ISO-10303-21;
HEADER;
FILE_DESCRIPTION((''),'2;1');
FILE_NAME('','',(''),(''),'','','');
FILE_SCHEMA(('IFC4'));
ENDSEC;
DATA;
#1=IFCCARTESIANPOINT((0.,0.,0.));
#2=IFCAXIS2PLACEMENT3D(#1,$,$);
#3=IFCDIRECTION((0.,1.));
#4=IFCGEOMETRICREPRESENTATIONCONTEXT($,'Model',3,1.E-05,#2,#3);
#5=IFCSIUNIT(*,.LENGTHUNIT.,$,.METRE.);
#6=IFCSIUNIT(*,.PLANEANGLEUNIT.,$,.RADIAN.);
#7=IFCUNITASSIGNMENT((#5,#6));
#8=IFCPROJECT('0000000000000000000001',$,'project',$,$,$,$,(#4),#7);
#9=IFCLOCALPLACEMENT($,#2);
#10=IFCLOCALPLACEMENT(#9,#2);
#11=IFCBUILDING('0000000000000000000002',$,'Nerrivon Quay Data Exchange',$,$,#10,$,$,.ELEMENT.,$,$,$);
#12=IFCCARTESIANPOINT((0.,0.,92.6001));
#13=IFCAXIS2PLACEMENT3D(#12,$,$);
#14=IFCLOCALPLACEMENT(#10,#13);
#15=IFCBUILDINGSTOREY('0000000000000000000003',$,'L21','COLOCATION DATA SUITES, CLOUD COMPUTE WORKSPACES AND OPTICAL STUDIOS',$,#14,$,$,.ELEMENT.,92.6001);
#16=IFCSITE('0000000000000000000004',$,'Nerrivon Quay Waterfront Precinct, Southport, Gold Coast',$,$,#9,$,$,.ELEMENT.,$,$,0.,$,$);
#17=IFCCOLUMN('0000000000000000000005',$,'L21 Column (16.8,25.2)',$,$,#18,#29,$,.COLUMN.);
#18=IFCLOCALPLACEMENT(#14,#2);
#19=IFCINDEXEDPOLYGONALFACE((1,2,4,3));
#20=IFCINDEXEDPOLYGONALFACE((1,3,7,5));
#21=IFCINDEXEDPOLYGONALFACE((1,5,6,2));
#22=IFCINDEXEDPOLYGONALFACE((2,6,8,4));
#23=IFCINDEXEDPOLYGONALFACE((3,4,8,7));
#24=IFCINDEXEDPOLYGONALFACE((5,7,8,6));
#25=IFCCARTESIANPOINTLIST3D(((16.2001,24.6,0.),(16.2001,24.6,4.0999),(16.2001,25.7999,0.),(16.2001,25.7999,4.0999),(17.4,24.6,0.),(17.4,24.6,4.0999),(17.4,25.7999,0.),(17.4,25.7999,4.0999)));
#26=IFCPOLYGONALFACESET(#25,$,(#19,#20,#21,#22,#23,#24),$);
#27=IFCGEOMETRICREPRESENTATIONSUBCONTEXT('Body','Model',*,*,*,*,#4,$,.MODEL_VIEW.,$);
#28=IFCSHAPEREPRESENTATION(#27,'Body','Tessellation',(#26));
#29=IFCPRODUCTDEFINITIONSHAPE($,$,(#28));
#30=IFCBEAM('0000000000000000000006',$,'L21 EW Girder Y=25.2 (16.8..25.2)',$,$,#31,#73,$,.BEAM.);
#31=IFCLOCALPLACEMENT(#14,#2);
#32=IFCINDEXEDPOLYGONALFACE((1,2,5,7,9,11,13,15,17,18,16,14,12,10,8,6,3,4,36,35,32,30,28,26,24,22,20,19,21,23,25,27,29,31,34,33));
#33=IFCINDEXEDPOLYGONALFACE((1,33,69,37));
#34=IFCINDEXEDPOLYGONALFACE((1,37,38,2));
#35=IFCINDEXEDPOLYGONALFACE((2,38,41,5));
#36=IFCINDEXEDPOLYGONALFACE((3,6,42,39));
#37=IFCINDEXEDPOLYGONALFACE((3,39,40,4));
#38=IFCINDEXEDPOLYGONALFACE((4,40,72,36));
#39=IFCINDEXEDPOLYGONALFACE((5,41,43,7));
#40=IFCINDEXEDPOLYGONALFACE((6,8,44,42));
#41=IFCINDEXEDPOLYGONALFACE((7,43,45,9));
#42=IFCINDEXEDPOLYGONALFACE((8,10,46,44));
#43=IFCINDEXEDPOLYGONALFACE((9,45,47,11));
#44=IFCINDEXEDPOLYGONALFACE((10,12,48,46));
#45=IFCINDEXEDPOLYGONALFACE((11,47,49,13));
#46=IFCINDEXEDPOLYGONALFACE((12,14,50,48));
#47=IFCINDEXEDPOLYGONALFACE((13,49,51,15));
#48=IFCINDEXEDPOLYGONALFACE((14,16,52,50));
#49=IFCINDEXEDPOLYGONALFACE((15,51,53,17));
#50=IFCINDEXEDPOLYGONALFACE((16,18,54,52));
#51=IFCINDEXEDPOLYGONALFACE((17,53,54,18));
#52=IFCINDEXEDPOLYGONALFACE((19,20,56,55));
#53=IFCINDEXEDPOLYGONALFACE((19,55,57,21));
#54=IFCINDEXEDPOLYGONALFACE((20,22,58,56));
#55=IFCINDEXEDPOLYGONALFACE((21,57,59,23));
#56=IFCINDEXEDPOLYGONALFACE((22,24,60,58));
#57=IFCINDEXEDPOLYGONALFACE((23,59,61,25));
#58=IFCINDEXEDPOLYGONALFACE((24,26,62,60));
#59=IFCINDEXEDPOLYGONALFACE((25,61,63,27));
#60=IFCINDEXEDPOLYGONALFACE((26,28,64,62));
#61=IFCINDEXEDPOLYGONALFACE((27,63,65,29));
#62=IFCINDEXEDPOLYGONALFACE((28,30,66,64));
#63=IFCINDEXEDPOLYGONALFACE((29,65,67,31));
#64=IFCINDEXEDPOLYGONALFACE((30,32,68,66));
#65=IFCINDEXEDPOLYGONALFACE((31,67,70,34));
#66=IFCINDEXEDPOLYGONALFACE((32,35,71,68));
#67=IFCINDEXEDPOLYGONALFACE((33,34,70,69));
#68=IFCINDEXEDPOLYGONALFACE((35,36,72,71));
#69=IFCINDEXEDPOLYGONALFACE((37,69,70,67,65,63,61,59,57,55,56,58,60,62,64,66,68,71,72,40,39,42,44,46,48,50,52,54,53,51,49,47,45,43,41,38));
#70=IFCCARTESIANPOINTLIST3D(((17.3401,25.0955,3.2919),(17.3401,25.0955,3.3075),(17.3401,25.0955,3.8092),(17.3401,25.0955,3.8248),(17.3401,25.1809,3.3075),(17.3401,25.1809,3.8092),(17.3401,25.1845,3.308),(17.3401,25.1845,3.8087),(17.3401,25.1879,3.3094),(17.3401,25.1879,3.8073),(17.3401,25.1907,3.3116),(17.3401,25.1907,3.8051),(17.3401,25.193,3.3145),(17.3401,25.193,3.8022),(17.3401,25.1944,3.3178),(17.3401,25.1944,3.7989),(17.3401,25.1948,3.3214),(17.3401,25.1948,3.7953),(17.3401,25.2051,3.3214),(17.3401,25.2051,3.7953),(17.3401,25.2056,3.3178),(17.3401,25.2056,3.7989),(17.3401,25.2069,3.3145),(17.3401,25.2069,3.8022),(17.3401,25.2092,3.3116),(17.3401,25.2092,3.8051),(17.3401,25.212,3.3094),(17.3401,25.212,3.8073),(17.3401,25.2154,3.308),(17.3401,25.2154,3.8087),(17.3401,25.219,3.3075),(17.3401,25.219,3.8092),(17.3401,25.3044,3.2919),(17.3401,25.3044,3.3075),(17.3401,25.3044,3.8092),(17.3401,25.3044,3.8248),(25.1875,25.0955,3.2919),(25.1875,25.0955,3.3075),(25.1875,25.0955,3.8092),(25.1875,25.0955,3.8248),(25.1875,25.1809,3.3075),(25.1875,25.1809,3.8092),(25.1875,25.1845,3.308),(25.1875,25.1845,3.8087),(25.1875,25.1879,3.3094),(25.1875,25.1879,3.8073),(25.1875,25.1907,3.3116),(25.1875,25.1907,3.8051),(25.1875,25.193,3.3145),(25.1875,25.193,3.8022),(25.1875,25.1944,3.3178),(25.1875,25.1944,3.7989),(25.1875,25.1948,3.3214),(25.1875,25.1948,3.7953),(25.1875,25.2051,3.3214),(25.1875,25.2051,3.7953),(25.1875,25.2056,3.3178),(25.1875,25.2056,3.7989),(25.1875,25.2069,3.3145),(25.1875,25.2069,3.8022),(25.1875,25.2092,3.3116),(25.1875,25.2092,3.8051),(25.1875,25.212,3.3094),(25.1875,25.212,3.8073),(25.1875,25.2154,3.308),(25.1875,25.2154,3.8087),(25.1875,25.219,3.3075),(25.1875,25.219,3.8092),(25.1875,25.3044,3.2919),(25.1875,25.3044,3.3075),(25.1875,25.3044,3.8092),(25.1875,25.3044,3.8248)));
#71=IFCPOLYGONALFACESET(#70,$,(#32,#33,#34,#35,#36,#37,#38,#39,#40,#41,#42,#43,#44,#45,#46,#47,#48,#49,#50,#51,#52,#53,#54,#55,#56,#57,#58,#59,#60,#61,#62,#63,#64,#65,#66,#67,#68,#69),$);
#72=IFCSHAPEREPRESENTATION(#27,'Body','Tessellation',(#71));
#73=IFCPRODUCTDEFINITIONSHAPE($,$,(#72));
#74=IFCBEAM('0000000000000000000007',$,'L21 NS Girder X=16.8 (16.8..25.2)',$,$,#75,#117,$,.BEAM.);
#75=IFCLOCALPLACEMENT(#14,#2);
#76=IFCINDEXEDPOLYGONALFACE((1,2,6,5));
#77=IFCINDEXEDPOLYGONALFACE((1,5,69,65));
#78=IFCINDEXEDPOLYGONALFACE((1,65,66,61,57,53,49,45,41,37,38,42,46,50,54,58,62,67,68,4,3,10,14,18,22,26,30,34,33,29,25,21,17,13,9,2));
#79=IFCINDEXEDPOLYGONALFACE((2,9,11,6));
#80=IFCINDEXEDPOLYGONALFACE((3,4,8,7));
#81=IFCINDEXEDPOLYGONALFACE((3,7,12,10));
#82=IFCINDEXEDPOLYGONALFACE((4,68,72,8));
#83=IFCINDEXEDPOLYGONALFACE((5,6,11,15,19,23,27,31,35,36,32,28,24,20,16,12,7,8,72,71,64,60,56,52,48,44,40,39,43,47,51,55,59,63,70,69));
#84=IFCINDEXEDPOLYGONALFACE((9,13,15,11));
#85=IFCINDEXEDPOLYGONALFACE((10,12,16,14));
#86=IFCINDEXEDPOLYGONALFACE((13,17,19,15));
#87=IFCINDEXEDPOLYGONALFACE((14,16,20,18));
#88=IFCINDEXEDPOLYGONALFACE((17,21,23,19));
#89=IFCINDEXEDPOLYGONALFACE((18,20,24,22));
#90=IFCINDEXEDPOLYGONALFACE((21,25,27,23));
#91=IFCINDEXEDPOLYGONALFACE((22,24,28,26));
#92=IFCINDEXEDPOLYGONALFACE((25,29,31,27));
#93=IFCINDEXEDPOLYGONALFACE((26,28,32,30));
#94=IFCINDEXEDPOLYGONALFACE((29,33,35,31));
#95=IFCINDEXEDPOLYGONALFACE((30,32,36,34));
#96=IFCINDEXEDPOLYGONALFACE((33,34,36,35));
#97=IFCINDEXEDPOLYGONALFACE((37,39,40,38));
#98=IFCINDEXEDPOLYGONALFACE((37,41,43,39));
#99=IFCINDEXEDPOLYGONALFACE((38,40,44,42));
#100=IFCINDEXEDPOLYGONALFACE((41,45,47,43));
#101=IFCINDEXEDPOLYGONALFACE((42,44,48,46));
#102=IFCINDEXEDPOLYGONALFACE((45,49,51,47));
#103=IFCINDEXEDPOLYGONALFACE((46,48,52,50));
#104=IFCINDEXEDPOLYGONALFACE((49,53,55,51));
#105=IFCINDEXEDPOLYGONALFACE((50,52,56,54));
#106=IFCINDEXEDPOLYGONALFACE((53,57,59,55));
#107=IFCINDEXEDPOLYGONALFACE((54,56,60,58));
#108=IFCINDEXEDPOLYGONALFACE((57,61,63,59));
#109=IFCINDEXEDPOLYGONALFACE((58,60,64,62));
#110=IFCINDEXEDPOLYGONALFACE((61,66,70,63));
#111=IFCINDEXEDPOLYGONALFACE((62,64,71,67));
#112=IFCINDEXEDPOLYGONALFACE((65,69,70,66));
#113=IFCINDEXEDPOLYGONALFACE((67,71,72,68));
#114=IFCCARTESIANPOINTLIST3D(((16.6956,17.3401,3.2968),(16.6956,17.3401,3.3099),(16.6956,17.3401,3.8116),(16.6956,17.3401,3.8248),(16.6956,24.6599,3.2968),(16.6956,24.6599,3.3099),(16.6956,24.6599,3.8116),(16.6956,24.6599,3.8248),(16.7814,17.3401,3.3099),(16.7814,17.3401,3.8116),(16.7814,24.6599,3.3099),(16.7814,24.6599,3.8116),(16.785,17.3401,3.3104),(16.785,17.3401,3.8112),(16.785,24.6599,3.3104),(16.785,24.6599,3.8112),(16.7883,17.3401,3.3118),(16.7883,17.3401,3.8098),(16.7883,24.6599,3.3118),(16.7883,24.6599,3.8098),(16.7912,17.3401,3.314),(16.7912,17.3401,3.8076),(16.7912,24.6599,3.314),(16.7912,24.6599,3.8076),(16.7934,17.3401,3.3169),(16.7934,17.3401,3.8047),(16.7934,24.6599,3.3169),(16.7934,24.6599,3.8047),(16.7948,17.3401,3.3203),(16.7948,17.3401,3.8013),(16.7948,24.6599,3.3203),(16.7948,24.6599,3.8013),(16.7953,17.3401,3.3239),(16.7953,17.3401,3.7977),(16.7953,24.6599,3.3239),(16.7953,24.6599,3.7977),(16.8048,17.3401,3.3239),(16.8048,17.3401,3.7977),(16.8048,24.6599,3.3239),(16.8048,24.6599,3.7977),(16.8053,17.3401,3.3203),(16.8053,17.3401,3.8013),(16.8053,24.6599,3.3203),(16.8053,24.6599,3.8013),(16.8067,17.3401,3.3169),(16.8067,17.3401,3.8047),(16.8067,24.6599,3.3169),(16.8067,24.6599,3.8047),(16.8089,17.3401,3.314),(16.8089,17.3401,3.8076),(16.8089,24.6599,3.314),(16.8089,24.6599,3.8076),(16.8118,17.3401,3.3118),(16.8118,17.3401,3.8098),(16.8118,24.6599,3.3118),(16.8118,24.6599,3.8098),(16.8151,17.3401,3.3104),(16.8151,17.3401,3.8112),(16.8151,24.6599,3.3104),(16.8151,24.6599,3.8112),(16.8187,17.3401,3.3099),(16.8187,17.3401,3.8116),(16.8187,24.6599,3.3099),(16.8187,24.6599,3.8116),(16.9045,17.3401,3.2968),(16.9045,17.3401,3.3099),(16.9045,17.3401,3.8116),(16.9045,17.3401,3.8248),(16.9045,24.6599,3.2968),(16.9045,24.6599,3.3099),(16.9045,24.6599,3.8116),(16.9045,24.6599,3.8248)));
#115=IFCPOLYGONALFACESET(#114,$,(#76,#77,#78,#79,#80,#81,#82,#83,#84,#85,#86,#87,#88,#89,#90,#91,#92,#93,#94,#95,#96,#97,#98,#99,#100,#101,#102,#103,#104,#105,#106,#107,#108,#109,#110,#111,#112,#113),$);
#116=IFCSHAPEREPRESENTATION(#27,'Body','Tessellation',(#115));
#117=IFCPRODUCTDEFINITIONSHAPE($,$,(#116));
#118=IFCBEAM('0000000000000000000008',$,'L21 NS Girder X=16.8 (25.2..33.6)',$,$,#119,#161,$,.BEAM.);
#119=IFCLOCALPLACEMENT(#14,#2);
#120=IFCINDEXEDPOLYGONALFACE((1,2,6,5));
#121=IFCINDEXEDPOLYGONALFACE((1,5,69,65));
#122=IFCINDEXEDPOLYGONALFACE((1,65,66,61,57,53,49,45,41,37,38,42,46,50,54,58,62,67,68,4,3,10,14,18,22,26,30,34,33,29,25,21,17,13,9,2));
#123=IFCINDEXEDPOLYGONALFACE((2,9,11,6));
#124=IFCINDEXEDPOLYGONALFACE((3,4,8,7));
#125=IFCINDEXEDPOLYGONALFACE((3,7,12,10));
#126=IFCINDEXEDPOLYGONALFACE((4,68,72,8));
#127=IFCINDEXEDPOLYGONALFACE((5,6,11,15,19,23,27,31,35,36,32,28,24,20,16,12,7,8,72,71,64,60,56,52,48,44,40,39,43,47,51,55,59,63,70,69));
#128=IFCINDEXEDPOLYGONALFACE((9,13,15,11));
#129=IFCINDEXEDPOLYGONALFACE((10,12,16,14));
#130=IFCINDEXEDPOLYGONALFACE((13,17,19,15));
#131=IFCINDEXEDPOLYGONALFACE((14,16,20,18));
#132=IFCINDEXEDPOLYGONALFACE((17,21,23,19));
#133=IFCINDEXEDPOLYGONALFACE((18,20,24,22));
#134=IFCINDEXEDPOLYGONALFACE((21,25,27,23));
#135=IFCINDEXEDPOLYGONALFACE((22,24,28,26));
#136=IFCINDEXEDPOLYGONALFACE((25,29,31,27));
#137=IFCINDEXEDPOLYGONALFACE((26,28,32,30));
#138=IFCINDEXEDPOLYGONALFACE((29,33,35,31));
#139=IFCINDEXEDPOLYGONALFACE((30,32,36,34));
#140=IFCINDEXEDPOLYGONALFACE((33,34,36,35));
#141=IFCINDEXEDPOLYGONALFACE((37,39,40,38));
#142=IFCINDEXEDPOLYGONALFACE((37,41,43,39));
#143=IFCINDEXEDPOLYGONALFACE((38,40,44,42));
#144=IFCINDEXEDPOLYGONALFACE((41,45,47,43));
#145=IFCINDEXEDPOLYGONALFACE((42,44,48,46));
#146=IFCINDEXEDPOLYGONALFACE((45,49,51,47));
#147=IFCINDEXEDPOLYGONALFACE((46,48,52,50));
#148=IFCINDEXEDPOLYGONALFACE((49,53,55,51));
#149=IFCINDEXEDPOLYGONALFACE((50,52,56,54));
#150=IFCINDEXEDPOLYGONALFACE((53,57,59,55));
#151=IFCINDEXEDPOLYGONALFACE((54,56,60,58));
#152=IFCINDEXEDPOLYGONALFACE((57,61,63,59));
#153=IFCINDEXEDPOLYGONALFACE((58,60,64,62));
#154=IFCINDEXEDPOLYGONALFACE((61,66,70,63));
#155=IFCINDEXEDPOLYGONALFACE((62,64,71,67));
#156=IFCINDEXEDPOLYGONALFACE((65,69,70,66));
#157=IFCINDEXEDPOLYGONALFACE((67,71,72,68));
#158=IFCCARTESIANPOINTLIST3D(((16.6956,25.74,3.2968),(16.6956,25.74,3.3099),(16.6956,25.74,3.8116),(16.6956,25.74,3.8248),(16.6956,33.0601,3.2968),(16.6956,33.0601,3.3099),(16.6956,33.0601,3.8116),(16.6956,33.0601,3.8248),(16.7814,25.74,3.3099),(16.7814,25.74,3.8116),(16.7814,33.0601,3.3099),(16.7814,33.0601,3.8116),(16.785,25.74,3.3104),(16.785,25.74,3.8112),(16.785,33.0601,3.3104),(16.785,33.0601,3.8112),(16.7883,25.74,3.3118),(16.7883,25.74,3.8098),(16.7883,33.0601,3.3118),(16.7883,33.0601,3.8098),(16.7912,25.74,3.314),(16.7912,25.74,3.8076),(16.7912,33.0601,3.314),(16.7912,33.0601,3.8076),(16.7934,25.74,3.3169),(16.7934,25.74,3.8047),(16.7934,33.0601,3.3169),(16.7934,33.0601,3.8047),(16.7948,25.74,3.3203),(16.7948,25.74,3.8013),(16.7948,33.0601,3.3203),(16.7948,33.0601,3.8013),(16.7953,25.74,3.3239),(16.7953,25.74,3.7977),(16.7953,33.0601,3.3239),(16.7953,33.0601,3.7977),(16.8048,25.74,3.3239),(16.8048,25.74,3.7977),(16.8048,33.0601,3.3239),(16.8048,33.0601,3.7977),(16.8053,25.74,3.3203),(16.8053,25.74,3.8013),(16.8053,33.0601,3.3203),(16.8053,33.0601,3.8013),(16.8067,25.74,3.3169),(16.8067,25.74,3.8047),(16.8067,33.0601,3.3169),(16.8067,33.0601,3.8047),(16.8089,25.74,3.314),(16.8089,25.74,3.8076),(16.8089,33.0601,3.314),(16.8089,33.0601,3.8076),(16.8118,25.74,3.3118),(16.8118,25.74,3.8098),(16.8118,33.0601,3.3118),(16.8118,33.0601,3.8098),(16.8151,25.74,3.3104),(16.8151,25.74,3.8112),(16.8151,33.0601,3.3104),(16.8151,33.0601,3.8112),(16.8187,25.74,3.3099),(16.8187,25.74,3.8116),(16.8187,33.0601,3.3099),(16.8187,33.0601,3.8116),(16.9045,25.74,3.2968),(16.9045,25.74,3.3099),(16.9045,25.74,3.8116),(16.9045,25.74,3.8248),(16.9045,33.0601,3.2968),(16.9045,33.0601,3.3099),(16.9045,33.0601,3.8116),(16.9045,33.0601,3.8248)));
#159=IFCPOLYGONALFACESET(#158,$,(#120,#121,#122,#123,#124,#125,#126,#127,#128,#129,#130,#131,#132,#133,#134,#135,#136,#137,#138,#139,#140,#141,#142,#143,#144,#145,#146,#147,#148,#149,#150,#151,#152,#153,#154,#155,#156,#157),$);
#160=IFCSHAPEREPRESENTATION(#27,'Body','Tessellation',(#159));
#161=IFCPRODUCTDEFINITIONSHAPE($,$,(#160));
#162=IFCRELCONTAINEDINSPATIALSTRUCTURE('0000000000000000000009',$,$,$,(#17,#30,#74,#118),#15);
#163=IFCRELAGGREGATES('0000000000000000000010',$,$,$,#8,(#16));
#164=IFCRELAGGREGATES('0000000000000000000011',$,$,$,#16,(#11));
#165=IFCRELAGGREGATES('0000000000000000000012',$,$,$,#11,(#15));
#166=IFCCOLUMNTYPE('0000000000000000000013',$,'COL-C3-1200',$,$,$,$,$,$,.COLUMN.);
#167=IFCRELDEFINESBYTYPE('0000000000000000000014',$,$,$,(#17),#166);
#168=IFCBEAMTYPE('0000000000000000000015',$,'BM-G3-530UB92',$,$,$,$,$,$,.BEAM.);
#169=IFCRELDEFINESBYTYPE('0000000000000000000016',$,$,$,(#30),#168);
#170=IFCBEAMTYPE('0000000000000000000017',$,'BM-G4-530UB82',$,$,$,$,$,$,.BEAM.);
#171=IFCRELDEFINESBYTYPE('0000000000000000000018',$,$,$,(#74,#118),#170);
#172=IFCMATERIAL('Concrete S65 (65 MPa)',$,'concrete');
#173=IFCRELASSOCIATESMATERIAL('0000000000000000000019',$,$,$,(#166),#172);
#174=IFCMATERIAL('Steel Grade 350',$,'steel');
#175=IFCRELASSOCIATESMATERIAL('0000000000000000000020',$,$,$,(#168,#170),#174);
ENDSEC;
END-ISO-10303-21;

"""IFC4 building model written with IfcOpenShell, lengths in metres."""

from ifc_helpers import new_model, si_unit, direction, frame, origin, origin_2d, place, context, subcontext, project, spatial, rectangle, i_section, extrude, material, material_profile, profile_set, type_object, element, save


model = new_model("IFC4")

# Units and contexts
model_context = context("Model", 3, precision=1e-05, world=origin(), true_north=direction((0.0, 1.0)))
body_context = subcontext(model_context, "Body", "Model", "MODEL_VIEW")
ifc_project = project(units=[si_unit("LENGTHUNIT", "METRE"), si_unit("PLANEANGLEUNIT", "RADIAN")], contexts=[model_context])

# Site, building, storey
site_placement = place(None, origin())
site = spatial("IfcSite", under=ifc_project, at=site_placement, Name="Nerrivon Quay Waterfront Precinct, Southport, Gold Coast", CompositionType="ELEMENT", RefElevation=0.0)
building_placement = place(site_placement, origin())
building = spatial("IfcBuilding", under=site, at=building_placement, Name="Nerrivon Quay Data Exchange", CompositionType="ELEMENT")
storey_placement = place(building_placement, frame((0.0, 0.0, 92.6001)))
storey = spatial("IfcBuildingStorey", under=building, at=storey_placement, Name="L21", Description="COLOCATION DATA SUITES, CLOUD COMPUTE WORKSPACES AND OPTICAL STUDIOS", CompositionType="ELEMENT", Elevation=92.6001)

# Column
ifc_material_1 = material(Name="Concrete S65 (65 MPa)", Category="concrete")
ifc_material_profile_1 = material_profile(ifc_material_1, rectangle(XDim=1.2, YDim=1.2, at=origin_2d()), Name="RC-COL-1200x1200")
ifc_profile_set_1 = profile_set([ifc_material_profile_1], Name="Concrete S65 (65 MPa)")
column_type = type_object("IfcColumnType", Name="COL-C3-1200", PredefinedType="COLUMN", material=ifc_profile_set_1)
column_placement = place(storey_placement, frame((16.8, 25.2, 0.0), z_axis=(0.0, 0.0, 1.0), x_axis=(1.0, 0.0, 0.0)))
element("IfcColumn", 1, at=column_placement, inside=storey, type_object=column_type, Name="L21 Column (16.8,25.2)", PredefinedType="COLUMN", context=body_context, shape_type="SweptSolid", body=[
    extrude(rectangle(XDim=1.2, YDim=1.2, at=origin_2d()), origin(), (0.0, 0.0, 1.0), 4.0999),
])

# Beams
ifc_material_2 = material(Name="Steel Grade 350", Category="steel")
ifc_material_profile_2 = material_profile(ifc_material_2, i_section(OverallWidth=0.209, OverallDepth=0.533, WebThickness=0.0103, FlangeThickness=0.0156, FilletRadius=0.0139, at=origin_2d()), Name="530UB92.4")
ifc_profile_set_2 = profile_set([ifc_material_profile_2], Name="Steel Grade 350")
beam_type_1 = type_object("IfcBeamType", Name="BM-G3-530UB92", PredefinedType="BEAM", material=ifc_profile_set_2)
beam_1_placement = place(storey_placement, frame((17.3401, 25.2, 3.5583), z_axis=(1.0, 0.0, 0.0), x_axis=(0.0, 1.0, 0.0)))
element("IfcBeam", 2, at=beam_1_placement, inside=storey, type_object=beam_type_1, Name="L21 EW Girder Y=25.2 (16.8..25.2)", PredefinedType="BEAM", context=body_context, shape_type="SweptSolid", body=[
    extrude(i_section(OverallWidth=0.209, OverallDepth=0.533, WebThickness=0.0103, FlangeThickness=0.0156, FilletRadius=0.0139, at=origin_2d()), origin(), (0.0, 0.0, 1.0), 7.8474),
])
ifc_material_profile_3 = material_profile(ifc_material_2, i_section(OverallWidth=0.209, OverallDepth=0.5281, WebThickness=0.0095, FlangeThickness=0.0132, FilletRadius=0.0139, at=origin_2d()), Name="530UB82.0")
ifc_profile_set_3 = profile_set([ifc_material_profile_3], Name="Steel Grade 350")
beam_type_2 = type_object("IfcBeamType", Name="BM-G4-530UB82", PredefinedType="BEAM", material=ifc_profile_set_3)
beam_2_placement = place(storey_placement, frame((16.8, 17.3401, 3.5608), z_axis=(0.0, 1.0, 0.0), x_axis=(-1.0, 0.0, 0.0)))
element("IfcBeam", 3, at=beam_2_placement, inside=storey, type_object=beam_type_2, Name="L21 NS Girder X=16.8 (16.8..25.2)", PredefinedType="BEAM", context=body_context, shape_type="SweptSolid", body=[
    extrude(i_section(OverallWidth=0.209, OverallDepth=0.5281, WebThickness=0.0095, FlangeThickness=0.0132, FilletRadius=0.0139, at=origin_2d()), origin(), (0.0, 0.0, 1.0), 7.3198),
])
beam_3_placement = place(storey_placement, frame((16.8, 25.74, 3.5608), z_axis=(0.0, 1.0, 0.0), x_axis=(-1.0, 0.0, 0.0)))
element("IfcBeam", 4, at=beam_3_placement, inside=storey, type_object=beam_type_2, Name="L21 NS Girder X=16.8 (25.2..33.6)", PredefinedType="BEAM", context=body_context, shape_type="SweptSolid", body=[
    extrude(i_section(OverallWidth=0.209, OverallDepth=0.5281, WebThickness=0.0095, FlangeThickness=0.0132, FilletRadius=0.0139, at=origin_2d()), origin(), (0.0, 0.0, 1.0), 7.3201),
])

save(model, "model.ifc")
